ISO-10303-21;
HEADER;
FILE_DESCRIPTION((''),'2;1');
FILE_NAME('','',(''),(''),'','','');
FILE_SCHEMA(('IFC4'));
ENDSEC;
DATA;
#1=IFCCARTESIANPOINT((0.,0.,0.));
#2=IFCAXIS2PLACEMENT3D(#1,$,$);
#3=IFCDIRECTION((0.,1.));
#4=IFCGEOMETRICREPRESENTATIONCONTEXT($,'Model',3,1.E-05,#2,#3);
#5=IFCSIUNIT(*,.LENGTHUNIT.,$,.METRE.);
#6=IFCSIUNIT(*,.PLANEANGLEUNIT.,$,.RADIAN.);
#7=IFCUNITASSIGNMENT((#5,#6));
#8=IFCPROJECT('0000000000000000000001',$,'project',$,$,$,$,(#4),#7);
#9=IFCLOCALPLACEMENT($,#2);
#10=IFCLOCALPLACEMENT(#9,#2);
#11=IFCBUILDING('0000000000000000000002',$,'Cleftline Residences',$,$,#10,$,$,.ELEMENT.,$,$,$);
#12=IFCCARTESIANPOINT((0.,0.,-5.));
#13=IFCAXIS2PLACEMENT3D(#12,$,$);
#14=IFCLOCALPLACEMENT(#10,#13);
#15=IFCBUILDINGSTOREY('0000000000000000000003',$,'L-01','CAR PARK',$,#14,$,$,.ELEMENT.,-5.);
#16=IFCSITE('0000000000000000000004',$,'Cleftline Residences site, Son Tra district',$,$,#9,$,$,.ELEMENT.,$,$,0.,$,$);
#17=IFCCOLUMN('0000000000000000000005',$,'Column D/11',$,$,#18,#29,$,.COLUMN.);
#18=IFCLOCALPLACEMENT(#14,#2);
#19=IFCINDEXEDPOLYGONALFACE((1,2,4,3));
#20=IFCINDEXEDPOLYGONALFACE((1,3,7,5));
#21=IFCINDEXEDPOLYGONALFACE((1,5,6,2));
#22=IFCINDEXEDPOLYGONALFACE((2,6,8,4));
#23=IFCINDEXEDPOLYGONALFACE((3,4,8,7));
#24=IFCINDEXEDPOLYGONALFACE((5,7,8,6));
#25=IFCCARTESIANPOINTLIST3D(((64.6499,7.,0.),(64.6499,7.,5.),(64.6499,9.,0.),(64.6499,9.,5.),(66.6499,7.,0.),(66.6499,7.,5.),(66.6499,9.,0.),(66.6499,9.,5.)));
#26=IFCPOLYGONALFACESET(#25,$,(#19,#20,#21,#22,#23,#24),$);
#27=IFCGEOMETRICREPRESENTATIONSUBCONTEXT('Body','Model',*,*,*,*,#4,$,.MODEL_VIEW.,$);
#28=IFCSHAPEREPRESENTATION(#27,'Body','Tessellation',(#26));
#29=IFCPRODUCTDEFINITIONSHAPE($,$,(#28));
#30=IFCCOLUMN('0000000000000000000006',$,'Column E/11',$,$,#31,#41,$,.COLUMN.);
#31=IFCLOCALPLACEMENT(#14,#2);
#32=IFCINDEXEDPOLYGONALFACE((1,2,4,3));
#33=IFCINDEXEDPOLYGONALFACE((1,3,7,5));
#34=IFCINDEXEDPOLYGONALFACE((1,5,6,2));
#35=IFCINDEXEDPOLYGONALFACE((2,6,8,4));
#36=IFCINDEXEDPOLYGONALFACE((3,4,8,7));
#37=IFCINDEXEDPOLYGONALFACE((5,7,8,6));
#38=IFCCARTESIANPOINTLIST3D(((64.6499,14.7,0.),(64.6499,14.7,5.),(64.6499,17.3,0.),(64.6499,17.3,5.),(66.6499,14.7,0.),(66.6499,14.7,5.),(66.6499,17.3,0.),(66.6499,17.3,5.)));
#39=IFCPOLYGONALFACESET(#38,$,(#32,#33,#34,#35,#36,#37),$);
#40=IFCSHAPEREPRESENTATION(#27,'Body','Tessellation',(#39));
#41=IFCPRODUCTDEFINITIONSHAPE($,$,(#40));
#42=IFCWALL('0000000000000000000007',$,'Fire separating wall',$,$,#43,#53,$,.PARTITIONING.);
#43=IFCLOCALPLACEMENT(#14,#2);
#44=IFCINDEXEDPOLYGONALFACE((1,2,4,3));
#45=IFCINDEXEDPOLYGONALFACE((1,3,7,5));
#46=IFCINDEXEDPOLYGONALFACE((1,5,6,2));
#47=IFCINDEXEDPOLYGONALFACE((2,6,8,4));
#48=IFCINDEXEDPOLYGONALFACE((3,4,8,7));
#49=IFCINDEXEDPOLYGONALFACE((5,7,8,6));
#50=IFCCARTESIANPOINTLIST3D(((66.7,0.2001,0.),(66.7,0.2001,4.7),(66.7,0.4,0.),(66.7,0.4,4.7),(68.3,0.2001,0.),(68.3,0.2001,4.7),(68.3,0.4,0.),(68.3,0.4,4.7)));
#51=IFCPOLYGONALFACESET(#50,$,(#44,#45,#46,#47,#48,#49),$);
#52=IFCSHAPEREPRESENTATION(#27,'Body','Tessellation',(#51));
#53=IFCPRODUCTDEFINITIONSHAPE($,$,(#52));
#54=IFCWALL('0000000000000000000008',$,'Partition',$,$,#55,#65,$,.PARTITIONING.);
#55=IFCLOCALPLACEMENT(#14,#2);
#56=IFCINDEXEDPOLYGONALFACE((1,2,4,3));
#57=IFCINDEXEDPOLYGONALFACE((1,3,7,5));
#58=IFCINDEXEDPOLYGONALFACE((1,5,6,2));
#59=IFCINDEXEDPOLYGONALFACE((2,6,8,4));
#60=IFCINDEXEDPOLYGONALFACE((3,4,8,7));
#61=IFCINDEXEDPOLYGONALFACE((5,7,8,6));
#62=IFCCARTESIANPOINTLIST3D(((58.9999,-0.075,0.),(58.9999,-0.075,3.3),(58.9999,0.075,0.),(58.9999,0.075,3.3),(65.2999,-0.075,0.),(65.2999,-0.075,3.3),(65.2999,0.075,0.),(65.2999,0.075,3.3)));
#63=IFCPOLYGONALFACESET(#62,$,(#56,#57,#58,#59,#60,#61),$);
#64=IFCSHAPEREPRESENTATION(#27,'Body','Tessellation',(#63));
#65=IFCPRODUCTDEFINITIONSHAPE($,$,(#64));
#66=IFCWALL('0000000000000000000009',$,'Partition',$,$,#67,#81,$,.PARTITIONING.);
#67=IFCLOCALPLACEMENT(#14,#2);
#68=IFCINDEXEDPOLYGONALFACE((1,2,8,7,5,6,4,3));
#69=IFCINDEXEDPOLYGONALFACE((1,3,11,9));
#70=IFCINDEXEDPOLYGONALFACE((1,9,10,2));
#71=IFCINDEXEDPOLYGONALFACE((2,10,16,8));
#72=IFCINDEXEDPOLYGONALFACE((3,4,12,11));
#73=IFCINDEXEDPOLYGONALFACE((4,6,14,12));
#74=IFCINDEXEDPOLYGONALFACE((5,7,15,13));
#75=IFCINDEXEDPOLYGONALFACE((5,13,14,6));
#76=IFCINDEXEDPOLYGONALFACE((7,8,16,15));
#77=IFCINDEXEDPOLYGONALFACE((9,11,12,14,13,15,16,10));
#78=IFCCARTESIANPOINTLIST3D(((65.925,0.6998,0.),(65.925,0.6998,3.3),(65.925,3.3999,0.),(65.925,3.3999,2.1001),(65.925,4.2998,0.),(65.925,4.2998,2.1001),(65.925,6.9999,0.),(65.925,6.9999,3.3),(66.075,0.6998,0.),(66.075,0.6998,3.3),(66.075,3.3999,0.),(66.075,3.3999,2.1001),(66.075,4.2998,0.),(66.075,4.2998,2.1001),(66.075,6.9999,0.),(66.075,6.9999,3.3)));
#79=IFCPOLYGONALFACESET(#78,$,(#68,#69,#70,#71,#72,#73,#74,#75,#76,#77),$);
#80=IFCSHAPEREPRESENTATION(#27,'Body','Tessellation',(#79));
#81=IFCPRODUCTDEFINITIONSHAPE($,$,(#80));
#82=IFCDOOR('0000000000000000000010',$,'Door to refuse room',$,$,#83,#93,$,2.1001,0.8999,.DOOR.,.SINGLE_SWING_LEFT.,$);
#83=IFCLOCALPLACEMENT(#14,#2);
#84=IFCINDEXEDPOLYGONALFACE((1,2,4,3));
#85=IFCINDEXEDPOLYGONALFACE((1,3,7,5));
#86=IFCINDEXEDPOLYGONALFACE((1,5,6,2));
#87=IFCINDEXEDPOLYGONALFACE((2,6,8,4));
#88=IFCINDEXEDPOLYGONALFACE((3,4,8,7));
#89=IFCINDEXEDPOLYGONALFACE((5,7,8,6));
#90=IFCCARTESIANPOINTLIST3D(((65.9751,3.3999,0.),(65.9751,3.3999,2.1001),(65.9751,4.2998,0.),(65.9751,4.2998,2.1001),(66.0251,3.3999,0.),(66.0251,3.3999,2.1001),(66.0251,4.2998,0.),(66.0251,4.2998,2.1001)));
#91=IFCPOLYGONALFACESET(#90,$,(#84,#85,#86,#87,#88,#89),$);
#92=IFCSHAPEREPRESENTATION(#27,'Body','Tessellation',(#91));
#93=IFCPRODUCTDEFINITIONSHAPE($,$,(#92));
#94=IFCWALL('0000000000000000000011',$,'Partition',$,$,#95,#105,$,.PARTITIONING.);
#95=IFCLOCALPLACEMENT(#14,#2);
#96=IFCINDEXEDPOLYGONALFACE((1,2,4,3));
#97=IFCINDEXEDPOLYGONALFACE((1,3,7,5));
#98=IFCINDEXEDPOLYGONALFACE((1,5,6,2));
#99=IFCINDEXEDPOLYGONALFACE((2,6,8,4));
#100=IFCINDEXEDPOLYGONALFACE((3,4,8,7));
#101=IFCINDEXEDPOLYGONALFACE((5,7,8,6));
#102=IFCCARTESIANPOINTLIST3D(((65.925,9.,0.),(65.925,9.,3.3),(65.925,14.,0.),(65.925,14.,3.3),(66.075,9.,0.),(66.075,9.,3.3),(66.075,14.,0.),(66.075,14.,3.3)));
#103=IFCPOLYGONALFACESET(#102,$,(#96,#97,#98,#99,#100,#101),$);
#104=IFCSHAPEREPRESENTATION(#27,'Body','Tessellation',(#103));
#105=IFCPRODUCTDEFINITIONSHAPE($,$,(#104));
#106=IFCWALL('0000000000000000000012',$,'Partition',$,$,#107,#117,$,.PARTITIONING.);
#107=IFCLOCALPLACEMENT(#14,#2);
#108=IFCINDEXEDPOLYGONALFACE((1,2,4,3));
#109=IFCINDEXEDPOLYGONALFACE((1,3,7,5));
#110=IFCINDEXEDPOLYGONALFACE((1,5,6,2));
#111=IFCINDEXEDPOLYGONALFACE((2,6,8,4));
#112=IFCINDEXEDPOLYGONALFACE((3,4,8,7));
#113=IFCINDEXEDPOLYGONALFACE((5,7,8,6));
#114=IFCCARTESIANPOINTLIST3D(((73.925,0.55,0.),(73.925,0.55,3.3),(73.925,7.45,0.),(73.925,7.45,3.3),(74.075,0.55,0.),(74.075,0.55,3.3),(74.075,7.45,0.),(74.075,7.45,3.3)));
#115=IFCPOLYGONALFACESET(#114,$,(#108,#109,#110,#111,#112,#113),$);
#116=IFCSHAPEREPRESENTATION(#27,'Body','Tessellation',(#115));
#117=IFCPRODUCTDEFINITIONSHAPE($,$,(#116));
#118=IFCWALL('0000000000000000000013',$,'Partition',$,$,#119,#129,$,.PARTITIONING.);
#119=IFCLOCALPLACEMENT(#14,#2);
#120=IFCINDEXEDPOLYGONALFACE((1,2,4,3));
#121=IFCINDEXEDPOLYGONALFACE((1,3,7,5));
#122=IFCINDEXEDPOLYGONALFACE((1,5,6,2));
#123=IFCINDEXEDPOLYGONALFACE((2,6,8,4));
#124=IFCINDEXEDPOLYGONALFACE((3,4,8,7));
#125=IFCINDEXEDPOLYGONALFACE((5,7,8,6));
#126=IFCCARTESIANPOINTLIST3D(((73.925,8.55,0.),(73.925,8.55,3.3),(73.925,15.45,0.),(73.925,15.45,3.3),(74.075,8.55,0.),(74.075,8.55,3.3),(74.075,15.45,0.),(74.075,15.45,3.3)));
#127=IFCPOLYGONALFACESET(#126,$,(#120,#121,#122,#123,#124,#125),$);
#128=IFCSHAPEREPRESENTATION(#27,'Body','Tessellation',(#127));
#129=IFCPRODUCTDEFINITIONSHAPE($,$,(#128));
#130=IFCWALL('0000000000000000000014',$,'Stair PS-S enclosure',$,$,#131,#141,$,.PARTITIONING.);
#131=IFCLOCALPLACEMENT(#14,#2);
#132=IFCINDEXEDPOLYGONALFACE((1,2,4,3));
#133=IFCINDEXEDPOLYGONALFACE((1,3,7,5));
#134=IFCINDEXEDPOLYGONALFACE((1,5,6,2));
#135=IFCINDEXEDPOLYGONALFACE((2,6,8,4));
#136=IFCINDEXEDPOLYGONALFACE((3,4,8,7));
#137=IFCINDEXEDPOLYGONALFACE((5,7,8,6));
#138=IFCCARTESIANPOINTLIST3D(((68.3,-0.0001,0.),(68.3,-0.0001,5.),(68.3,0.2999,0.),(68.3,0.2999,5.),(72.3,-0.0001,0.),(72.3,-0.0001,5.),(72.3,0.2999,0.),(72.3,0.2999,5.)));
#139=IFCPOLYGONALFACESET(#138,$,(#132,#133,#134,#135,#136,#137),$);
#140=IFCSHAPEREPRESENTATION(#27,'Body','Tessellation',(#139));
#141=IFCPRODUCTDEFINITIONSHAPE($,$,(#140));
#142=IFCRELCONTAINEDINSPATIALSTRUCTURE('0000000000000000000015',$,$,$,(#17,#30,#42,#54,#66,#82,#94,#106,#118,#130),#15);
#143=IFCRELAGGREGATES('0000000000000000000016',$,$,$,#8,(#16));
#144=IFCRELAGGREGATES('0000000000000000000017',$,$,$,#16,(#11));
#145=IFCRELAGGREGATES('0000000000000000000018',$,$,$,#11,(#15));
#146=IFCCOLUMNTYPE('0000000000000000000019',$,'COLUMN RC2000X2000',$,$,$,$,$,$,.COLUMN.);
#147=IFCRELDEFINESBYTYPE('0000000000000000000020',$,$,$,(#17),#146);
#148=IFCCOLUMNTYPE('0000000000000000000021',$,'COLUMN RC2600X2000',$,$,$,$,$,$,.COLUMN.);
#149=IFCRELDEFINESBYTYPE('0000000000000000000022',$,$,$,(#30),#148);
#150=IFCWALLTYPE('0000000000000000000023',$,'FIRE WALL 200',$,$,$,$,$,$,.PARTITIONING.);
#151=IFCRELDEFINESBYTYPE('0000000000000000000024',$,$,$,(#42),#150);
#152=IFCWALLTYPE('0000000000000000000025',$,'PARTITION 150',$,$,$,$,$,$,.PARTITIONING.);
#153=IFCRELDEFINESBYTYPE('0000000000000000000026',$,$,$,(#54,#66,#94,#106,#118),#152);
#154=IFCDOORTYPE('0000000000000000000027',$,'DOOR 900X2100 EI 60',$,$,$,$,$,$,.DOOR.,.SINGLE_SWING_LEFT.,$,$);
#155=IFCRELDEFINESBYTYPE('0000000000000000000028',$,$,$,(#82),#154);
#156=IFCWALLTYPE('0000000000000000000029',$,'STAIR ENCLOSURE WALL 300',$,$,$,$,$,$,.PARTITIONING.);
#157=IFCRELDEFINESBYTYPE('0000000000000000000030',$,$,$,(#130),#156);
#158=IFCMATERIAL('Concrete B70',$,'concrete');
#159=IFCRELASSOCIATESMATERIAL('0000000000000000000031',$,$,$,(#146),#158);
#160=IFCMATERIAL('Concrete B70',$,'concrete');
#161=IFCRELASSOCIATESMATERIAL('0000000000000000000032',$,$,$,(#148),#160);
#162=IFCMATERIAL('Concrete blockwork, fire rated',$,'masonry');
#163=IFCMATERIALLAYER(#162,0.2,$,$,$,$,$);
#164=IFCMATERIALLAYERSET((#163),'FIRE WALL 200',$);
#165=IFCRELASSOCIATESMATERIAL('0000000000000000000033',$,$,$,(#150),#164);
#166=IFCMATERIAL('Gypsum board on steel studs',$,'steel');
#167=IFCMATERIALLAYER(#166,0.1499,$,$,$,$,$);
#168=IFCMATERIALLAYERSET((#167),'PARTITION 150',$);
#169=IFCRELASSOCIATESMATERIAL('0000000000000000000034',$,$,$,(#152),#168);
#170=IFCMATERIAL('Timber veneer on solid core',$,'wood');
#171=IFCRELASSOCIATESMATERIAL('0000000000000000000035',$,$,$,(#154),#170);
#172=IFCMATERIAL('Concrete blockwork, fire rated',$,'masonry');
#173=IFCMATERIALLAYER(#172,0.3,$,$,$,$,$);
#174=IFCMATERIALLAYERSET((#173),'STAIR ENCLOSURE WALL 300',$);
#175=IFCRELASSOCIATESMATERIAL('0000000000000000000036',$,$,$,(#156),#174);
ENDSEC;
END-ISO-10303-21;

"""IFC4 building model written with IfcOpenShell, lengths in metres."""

from ifc_helpers import new_model, si_unit, direction, frame, frame_2d, origin, origin_2d, place, context, subcontext, project, spatial, rectangle, extrude, material, layer, layer_set, material_profile, profile_set, type_object, element, fill, save


model = new_model("IFC4")

# Units and contexts
model_context = context("Model", 3, precision=1e-05, world=origin(), true_north=direction((0.0, 1.0)))
body_context = subcontext(model_context, "Body", "Model", "MODEL_VIEW")
ifc_project = project(units=[si_unit("LENGTHUNIT", "METRE"), si_unit("PLANEANGLEUNIT", "RADIAN")], contexts=[model_context])

# Site, building, storey
site_placement = place(None, origin())
site = spatial("IfcSite", under=ifc_project, at=site_placement, Name="Cleftline Residences site, Son Tra district", CompositionType="ELEMENT", RefElevation=0.0)
building_placement = place(site_placement, origin())
building = spatial("IfcBuilding", under=site, at=building_placement, Name="Cleftline Residences", CompositionType="ELEMENT")
storey_placement = place(building_placement, frame((0.0, 0.0, -5.0)))
storey = spatial("IfcBuildingStorey", under=building, at=storey_placement, Name="L-01", Description="CAR PARK", CompositionType="ELEMENT", Elevation=-5.0)

# Columns
ifc_material_1 = material(Name="Concrete B70", Category="concrete")
ifc_material_profile_1 = material_profile(ifc_material_1, rectangle(XDim=2.0, YDim=2.0, at=origin_2d()))
ifc_profile_set_1 = profile_set([ifc_material_profile_1], Name="Concrete B70")
column_type_1 = type_object("IfcColumnType", Name="COLUMN RC2000X2000", PredefinedType="COLUMN", material=ifc_profile_set_1)
column_1_placement = place(storey_placement, frame((65.6499, 8.0, 0.0), z_axis=(0.0, 0.0, 1.0), x_axis=(1.0, 0.0, 0.0)))
element("IfcColumn", 1, at=column_1_placement, inside=storey, type_object=column_type_1, Name="Column D/11", PredefinedType="COLUMN", context=body_context, shape_type="SweptSolid", body=[
    extrude(rectangle(XDim=2.0, YDim=2.0, at=origin_2d()), origin(), (0.0, 0.0, 1.0), 5.0),
])
ifc_material_2 = material(Name="Concrete B70", Category="concrete")
ifc_material_profile_2 = material_profile(ifc_material_2, rectangle(XDim=2.6001, YDim=2.0, at=origin_2d()))
ifc_profile_set_2 = profile_set([ifc_material_profile_2], Name="Concrete B70")
column_type_2 = type_object("IfcColumnType", Name="COLUMN RC2600X2000", PredefinedType="COLUMN", material=ifc_profile_set_2)
column_2_placement = place(storey_placement, frame((65.6499, 16.0, 0.0), z_axis=(0.0, 0.0, 1.0), x_axis=(0.0, 1.0, 0.0)))
element("IfcColumn", 2, at=column_2_placement, inside=storey, type_object=column_type_2, Name="Column E/11", PredefinedType="COLUMN", context=body_context, shape_type="SweptSolid", body=[
    extrude(rectangle(XDim=2.6001, YDim=2.0, at=origin_2d()), origin(), (0.0, 0.0, 1.0), 5.0),
])

# Walls
ifc_material_3 = material(Name="Concrete blockwork, fire rated", Category="masonry")
ifc_layer_1 = layer(ifc_material_3, 0.2)
ifc_layer_set_1 = layer_set([ifc_layer_1], Name="FIRE WALL 200")
wall_type_1 = type_object("IfcWallType", Name="FIRE WALL 200", PredefinedType="PARTITIONING", material=ifc_layer_set_1)
wall_1_placement = place(storey_placement, frame((66.7, 0.3, 0.0), z_axis=(0.0, 0.0, 1.0), x_axis=(1.0, 0.0, 0.0)))
element("IfcWall", 3, at=wall_1_placement, inside=storey, type_object=wall_type_1, Name="Fire separating wall", PredefinedType="PARTITIONING", context=body_context, shape_type="SweptSolid", body=[
    extrude(rectangle(XDim=1.6001, YDim=0.2, at=frame_2d((0.8, 0.0))), origin(), (0.0, 0.0, 1.0), 4.7),
])
ifc_material_4 = material(Name="Gypsum board on steel studs", Category="steel")
ifc_layer_2 = layer(ifc_material_4, 0.1499)
ifc_layer_set_2 = layer_set([ifc_layer_2], Name="PARTITION 150")
wall_type_2 = type_object("IfcWallType", Name="PARTITION 150", PredefinedType="PARTITIONING", material=ifc_layer_set_2)
wall_2_placement = place(storey_placement, frame((59.0, 0.0, 0.0), z_axis=(0.0, 0.0, 1.0), x_axis=(1.0, 0.0, 0.0)))
element("IfcWall", 4, at=wall_2_placement, inside=storey, type_object=wall_type_2, Name="Partition", PredefinedType="PARTITIONING", context=body_context, shape_type="SweptSolid", body=[
    extrude(rectangle(XDim=6.3, YDim=0.1499, at=frame_2d((3.1499, 0.0))), origin(), (0.0, 0.0, 1.0), 3.3),
])

# Wall, opening, door
wall_3_placement = place(storey_placement, frame((66.0, 0.7, 0.0), z_axis=(0.0, 0.0, 1.0), x_axis=(0.0, 1.0, 0.0)))
wall_3 = element("IfcWall", 5, at=wall_3_placement, inside=storey, type_object=wall_type_2, Name="Partition", PredefinedType="PARTITIONING", context=body_context, shape_type="SweptSolid", body=[
    extrude(rectangle(XDim=6.3, YDim=0.1499, at=frame_2d((3.1499, 0.0))), origin(), (0.0, 0.0, 1.0), 3.3),
])
opening_placement = place(wall_3_placement, frame((2.7, 0.0, 0.0)))
opening = element("IfcOpeningElement", 6, at=opening_placement, cuts=wall_3, PredefinedType="OPENING", context=body_context, shape_type="SweptSolid", body=[
    extrude(rectangle(XDim=0.8999, YDim=2.1001, at=frame_2d((0.45, 1.05))), frame((0.0, 0.085, 0.0), z_axis=(0.0, -1.0, 0.0), x_axis=(1.0, 0.0, 0.0)), (0.0, 0.0, 1.0), 0.1699),
])
ifc_material_5 = material(Name="Timber veneer on solid core", Category="wood")
door_type = type_object("IfcDoorType", Name="DOOR 900X2100 EI 60", OperationType="SINGLE_SWING_LEFT", PredefinedType="DOOR", material=ifc_material_5)
door_placement = place(opening_placement, origin())
door = element("IfcDoor", 7, at=door_placement, inside=storey, type_object=door_type, Name="Door to refuse room", OperationType="SINGLE_SWING_LEFT", OverallHeight=2.1001, OverallWidth=0.8999, PredefinedType="DOOR", context=body_context, shape_type="SweptSolid", body=[
    extrude(rectangle(XDim=0.8999, YDim=2.1001, at=frame_2d((0.45, 1.05))), frame((0.0, 0.0249, 0.0), z_axis=(0.0, -1.0, 0.0), x_axis=(1.0, 0.0, 0.0)), (0.0, 0.0, 1.0), 0.05),
])
fill(opening, door)

# Walls
wall_4_placement = place(storey_placement, frame((66.0, 9.0, 0.0), z_axis=(0.0, 0.0, 1.0), x_axis=(0.0, 1.0, 0.0)))
element("IfcWall", 8, at=wall_4_placement, inside=storey, type_object=wall_type_2, Name="Partition", PredefinedType="PARTITIONING", context=body_context, shape_type="SweptSolid", body=[
    extrude(rectangle(XDim=5.0, YDim=0.1499, at=frame_2d((2.5, 0.0))), origin(), (0.0, 0.0, 1.0), 3.3),
])
for number, where, z_axis, x_axis, name in (
    (9, (74.0, 0.55, 0.0), (0.0, 0.0, 1.0), (0.0, 1.0, 0.0), "Partition"),
    (10, (74.0, 8.55, 0.0), (0.0, 0.0, 1.0), (0.0, 1.0, 0.0), "Partition"),
):
    element("IfcWall", number, at=place(storey_placement, frame(where, z_axis=z_axis, x_axis=x_axis)), inside=storey, type_object=wall_type_2, Name=name, PredefinedType="PARTITIONING", context=body_context, shape_type="SweptSolid", body=[
        extrude(rectangle(XDim=6.8999, YDim=0.1499, at=frame_2d((3.45, 0.0))), origin(), (0.0, 0.0, 1.0), 3.3),
    ])
ifc_material_6 = material(Name="Concrete blockwork, fire rated", Category="masonry")
ifc_layer_3 = layer(ifc_material_6, 0.3)
ifc_layer_set_3 = layer_set([ifc_layer_3], Name="STAIR ENCLOSURE WALL 300")
wall_type_3 = type_object("IfcWallType", Name="STAIR ENCLOSURE WALL 300", PredefinedType="PARTITIONING", material=ifc_layer_set_3)
wall_5_placement = place(storey_placement, frame((68.3, 0.1499, 0.0), z_axis=(0.0, 0.0, 1.0), x_axis=(1.0, 0.0, 0.0)))
element("IfcWall", 11, at=wall_5_placement, inside=storey, type_object=wall_type_3, Name="Stair PS-S enclosure", PredefinedType="PARTITIONING", context=body_context, shape_type="SweptSolid", body=[
    extrude(rectangle(XDim=4.0, YDim=0.3, at=frame_2d((2.0, 0.0))), origin(), (0.0, 0.0, 1.0), 5.0),
])

save(model, "model.ifc")
